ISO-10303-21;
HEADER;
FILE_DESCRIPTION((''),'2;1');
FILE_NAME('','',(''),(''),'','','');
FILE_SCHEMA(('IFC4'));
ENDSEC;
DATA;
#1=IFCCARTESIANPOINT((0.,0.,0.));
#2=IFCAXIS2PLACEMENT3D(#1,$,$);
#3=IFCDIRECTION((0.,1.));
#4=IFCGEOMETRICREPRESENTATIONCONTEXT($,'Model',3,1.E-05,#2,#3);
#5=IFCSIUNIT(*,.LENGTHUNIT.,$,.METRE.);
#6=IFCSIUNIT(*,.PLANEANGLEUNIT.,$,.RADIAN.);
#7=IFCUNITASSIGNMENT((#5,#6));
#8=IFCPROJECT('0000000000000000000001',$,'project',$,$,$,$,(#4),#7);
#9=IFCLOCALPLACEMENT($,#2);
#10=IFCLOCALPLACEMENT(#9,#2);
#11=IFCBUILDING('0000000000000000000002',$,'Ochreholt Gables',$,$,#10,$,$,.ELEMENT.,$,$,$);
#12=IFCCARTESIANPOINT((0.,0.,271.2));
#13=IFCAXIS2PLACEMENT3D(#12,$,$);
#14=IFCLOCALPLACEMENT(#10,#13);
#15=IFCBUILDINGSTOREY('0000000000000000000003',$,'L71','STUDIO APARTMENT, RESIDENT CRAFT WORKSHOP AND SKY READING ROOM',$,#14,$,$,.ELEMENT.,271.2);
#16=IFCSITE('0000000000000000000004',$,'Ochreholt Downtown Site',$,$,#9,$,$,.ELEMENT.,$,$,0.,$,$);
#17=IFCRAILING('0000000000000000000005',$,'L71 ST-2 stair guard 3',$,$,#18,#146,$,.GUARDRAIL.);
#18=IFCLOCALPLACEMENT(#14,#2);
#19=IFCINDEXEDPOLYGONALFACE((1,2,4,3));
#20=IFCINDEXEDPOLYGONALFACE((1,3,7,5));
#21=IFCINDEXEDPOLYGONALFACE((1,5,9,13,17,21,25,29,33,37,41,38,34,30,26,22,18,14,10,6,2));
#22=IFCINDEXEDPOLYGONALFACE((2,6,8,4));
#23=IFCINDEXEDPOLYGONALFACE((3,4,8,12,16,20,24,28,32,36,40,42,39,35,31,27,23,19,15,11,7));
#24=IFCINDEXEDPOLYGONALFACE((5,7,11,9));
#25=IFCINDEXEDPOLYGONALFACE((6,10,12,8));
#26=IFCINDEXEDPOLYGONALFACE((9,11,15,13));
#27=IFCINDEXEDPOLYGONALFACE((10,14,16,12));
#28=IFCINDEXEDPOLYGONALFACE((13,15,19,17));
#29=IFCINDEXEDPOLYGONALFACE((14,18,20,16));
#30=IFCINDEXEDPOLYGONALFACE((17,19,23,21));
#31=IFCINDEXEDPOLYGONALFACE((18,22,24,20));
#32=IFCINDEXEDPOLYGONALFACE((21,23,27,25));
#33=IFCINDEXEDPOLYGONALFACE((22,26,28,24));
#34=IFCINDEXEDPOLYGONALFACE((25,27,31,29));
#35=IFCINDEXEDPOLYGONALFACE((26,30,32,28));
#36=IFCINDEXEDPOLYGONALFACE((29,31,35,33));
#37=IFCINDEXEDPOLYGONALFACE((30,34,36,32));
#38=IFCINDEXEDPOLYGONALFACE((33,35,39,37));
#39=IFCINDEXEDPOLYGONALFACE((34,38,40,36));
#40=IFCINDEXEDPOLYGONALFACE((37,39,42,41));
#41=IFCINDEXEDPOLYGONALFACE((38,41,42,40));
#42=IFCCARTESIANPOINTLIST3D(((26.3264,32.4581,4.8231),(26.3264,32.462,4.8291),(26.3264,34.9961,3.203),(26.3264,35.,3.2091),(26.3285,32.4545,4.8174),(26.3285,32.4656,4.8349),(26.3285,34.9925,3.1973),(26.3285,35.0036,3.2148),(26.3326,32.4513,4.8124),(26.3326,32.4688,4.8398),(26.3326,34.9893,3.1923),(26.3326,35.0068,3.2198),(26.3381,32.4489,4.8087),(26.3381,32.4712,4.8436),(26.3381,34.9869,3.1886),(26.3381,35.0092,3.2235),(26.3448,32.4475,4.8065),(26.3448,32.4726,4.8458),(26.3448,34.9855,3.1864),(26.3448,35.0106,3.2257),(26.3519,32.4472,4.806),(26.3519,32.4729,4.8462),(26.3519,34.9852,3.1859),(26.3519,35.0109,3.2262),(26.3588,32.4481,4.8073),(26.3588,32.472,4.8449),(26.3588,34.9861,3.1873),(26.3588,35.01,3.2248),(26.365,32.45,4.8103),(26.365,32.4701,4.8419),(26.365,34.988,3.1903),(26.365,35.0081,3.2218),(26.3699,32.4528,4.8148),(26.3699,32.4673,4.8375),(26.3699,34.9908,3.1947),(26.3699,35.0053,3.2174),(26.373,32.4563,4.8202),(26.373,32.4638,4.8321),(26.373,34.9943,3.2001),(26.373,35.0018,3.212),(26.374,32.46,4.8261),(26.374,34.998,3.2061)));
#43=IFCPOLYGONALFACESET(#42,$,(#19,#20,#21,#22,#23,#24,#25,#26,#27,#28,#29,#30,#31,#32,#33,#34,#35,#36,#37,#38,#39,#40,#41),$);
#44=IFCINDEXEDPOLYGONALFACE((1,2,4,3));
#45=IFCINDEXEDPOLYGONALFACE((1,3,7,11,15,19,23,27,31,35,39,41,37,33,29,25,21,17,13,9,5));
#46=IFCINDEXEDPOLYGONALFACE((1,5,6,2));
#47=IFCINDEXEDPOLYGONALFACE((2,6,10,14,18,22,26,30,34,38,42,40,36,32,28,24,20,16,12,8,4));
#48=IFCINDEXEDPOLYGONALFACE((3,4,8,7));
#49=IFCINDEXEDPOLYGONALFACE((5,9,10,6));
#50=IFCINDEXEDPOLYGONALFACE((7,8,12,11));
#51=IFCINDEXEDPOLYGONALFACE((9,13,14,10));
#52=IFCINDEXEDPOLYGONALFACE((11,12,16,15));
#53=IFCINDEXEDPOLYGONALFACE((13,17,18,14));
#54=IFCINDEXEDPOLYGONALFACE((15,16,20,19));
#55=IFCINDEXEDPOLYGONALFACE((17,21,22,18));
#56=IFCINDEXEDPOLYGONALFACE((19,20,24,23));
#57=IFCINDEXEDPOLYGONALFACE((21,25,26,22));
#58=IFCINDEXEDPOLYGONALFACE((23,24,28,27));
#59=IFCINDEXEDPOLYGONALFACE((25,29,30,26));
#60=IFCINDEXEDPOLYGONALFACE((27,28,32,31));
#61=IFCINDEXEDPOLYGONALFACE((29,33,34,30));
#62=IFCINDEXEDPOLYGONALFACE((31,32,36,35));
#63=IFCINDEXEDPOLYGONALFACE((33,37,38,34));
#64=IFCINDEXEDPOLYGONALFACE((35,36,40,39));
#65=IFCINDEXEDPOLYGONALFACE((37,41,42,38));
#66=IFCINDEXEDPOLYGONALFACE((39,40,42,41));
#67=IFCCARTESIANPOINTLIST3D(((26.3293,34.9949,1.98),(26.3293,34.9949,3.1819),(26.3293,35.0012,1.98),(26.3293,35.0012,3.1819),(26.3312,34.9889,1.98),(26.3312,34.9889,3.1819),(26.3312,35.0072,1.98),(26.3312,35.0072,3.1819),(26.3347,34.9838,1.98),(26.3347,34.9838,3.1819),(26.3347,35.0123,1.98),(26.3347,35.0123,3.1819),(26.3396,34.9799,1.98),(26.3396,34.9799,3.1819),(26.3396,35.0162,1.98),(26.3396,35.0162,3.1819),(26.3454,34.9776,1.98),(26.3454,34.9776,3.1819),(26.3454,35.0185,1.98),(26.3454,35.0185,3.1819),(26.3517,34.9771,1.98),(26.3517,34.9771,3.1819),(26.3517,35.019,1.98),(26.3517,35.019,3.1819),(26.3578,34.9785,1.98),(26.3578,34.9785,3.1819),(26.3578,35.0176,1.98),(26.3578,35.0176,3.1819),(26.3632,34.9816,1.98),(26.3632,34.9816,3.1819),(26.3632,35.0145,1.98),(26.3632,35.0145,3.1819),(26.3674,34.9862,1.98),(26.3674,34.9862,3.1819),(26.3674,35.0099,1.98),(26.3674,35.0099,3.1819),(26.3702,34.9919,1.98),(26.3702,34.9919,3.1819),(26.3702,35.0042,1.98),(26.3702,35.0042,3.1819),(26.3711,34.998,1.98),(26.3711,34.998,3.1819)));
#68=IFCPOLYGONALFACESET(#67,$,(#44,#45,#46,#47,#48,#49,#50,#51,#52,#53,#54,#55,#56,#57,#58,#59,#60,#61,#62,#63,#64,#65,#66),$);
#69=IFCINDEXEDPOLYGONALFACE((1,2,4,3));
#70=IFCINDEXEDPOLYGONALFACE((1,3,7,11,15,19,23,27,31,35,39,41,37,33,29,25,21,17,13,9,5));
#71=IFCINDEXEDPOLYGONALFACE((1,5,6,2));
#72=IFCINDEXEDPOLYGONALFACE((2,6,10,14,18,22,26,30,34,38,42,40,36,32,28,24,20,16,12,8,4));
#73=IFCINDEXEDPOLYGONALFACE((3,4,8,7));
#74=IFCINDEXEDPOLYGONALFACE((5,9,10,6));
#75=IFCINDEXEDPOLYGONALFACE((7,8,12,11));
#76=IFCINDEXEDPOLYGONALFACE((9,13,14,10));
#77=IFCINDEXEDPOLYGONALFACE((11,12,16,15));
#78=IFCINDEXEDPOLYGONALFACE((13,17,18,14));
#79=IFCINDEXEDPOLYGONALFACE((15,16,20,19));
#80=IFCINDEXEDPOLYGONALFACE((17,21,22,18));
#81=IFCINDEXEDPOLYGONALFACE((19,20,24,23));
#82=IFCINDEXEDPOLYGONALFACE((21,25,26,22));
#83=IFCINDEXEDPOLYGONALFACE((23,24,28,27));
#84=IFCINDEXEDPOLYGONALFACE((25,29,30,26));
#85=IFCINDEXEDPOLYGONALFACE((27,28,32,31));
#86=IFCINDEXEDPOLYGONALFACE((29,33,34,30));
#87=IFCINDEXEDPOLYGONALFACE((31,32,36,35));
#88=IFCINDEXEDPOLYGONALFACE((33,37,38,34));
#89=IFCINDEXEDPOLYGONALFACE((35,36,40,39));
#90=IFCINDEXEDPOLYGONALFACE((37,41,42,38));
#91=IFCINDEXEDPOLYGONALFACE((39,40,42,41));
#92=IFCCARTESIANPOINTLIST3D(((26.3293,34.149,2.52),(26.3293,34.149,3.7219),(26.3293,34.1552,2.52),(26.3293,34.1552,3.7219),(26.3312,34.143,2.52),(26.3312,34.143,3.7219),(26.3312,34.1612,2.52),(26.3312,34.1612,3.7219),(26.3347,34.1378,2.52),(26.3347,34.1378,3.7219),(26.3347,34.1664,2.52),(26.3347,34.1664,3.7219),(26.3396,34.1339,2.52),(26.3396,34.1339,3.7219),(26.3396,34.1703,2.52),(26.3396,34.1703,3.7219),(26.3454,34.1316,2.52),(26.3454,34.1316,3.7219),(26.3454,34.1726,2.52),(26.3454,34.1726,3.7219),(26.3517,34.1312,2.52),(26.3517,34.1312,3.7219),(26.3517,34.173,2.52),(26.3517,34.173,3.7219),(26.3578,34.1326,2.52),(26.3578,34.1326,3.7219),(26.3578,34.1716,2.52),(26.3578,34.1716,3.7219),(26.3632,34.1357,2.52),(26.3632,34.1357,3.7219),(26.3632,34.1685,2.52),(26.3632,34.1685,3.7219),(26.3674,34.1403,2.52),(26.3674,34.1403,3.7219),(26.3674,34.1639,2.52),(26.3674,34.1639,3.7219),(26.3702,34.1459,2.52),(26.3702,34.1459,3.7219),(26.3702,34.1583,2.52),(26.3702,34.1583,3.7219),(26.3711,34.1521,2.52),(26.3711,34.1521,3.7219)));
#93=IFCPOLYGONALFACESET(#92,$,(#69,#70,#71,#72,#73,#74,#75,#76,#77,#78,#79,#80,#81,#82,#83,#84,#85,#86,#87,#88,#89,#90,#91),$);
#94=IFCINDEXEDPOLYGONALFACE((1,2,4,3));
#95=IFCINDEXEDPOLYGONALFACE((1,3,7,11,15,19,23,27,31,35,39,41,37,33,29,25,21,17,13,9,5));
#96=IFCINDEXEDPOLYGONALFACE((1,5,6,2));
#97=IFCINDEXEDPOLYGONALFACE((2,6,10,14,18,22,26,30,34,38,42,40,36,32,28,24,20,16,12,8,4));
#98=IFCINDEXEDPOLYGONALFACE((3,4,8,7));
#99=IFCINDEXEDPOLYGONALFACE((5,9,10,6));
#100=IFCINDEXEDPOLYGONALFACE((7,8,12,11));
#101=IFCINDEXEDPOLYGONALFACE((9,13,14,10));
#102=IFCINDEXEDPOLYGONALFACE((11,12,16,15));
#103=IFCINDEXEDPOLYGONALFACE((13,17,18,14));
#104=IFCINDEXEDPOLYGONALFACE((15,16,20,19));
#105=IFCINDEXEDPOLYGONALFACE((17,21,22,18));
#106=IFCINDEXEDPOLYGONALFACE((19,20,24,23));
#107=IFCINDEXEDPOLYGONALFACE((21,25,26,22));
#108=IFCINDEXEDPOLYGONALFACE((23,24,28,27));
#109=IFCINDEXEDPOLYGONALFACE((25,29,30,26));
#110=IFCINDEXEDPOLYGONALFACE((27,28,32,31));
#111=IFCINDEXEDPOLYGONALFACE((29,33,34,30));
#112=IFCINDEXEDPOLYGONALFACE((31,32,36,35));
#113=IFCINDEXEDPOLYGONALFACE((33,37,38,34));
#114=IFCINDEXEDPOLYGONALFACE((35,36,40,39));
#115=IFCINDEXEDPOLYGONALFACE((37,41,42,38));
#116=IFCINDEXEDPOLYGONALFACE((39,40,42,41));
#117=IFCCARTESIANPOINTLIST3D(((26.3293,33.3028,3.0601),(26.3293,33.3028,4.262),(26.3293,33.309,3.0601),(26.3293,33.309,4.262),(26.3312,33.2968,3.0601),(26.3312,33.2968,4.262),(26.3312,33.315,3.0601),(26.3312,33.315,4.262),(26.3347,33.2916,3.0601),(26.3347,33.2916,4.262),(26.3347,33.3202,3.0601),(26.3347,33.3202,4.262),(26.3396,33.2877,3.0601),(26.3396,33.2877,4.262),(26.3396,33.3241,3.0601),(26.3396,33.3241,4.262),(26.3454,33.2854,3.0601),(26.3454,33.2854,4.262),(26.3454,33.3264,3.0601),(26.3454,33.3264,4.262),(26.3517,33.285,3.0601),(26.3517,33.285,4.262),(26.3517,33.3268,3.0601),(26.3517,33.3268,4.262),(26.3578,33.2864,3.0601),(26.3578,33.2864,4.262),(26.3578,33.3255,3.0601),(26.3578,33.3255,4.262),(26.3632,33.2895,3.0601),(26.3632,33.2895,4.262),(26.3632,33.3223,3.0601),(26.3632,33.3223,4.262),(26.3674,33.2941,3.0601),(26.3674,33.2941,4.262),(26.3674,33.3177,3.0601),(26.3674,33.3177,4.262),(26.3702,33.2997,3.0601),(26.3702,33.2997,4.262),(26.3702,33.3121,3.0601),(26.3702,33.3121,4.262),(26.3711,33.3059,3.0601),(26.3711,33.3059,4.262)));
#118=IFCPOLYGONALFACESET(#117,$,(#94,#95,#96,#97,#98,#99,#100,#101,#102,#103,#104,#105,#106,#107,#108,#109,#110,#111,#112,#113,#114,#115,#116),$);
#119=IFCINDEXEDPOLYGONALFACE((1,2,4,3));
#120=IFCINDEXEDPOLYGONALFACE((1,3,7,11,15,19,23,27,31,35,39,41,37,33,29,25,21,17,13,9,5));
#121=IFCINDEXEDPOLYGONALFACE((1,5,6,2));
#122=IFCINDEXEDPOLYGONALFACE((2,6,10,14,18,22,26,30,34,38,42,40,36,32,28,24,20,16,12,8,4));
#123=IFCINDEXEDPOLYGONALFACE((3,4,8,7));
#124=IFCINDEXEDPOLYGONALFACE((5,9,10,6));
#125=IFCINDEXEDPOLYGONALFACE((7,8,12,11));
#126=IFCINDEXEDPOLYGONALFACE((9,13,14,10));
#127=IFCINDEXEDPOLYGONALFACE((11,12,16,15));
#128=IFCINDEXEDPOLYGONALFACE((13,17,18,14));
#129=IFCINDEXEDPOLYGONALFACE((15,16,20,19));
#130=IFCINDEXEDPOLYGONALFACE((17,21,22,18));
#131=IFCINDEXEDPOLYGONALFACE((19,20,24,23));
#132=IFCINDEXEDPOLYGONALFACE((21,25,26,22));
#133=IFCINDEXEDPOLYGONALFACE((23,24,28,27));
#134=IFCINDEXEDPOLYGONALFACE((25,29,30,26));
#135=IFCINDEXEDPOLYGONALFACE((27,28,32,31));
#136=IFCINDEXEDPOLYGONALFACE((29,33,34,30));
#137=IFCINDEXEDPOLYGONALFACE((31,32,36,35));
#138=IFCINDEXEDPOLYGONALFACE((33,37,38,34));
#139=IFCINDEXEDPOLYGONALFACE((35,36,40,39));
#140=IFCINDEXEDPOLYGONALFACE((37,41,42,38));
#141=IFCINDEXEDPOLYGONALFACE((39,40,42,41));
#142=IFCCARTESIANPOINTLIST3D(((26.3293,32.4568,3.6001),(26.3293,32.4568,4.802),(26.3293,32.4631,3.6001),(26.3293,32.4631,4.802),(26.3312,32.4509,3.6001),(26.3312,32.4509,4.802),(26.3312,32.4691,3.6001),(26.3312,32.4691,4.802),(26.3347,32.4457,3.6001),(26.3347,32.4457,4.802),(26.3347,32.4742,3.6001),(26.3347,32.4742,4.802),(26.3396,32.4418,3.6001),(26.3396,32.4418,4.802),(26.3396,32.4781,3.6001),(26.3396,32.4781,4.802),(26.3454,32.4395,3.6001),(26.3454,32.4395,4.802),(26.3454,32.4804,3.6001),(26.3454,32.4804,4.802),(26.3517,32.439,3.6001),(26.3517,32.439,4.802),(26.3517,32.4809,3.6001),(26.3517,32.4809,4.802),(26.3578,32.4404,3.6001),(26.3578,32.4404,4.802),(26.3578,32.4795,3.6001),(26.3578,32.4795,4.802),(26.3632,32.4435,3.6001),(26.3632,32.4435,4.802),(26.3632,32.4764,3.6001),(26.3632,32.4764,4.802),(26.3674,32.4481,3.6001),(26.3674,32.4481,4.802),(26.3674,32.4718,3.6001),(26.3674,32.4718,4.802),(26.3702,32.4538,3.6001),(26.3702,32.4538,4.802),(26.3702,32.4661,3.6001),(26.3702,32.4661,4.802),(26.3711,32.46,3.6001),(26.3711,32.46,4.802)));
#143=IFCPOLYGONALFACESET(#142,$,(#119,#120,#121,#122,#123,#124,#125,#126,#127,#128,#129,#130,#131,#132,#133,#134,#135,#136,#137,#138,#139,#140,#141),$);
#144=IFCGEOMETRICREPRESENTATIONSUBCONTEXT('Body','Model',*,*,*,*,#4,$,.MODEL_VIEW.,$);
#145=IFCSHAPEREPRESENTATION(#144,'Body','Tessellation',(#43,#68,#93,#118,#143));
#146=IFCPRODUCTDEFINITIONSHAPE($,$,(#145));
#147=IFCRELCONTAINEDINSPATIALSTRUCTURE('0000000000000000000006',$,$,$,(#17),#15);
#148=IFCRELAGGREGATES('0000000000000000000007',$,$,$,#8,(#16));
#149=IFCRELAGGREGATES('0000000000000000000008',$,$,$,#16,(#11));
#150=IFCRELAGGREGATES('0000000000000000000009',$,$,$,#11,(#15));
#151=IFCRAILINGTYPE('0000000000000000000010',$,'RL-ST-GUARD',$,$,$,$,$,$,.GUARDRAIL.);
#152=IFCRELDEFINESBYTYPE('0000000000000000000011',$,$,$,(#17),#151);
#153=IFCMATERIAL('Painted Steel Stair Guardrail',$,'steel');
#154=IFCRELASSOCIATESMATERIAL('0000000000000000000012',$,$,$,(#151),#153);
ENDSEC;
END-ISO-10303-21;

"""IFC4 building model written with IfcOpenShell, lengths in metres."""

from ifc_helpers import new_model, si_unit, direction, frame, origin, origin_2d, place, context, subcontext, project, spatial, circle, extrude, material, type_object, element, save


model = new_model("IFC4")

# Units and contexts
model_context = context("Model", 3, precision=1e-05, world=origin(), true_north=direction((0.0, 1.0)))
body_context = subcontext(model_context, "Body", "Model", "MODEL_VIEW")
ifc_project = project(units=[si_unit("LENGTHUNIT", "METRE"), si_unit("PLANEANGLEUNIT", "RADIAN")], contexts=[model_context])

# Site, building, storey
site_placement = place(None, origin())
site = spatial("IfcSite", under=ifc_project, at=site_placement, Name="Ochreholt Downtown Site", CompositionType="ELEMENT", RefElevation=0.0)
building_placement = place(site_placement, origin())
building = spatial("IfcBuilding", under=site, at=building_placement, Name="Ochreholt Gables", CompositionType="ELEMENT")
storey_placement = place(building_placement, frame((0.0, 0.0, 271.2)))
storey = spatial("IfcBuildingStorey", under=building, at=storey_placement, Name="L71", Description="STUDIO APARTMENT, RESIDENT CRAFT WORKSHOP AND SKY READING ROOM", CompositionType="ELEMENT", Elevation=271.2)

# Railing
ifc_material_1 = material(Name="Painted Steel Stair Guardrail", Category="steel")
railing_type_1 = type_object("IfcRailingType", Name="RL-ST-GUARD", PredefinedType="GUARDRAIL", material=ifc_material_1)
railing_1_placement = place(storey_placement, frame((26.3501, 34.998, 1.98)))
element("IfcRailing", 1, at=railing_1_placement, inside=storey, type_object=railing_type_1, Name="L71 ST-2 stair guard 3", PredefinedType="GUARDRAIL", context=body_context, shape_type="SweptSolid", body=[
    extrude(circle(Radius=0.0239, at=origin_2d()), frame((0.0, 0.0, 1.2261), z_axis=(0.0, -0.842913, 0.53805), x_axis=(1.0, 0.0, 0.0)), (0.0, 0.0, 1.0), 3.011),
    extrude(circle(Radius=0.021, at=origin_2d()), origin(), (0.0, 0.0, 1.0), 1.2019),
    extrude(circle(Radius=0.021, at=origin_2d()), frame((0.0, -0.8459, 0.54)), (0.0, 0.0, 1.0), 1.2019),
    extrude(circle(Radius=0.021, at=origin_2d()), frame((0.0, -1.6921, 1.0801)), (0.0, 0.0, 1.0), 1.2019),
    extrude(circle(Radius=0.021, at=origin_2d()), frame((0.0, -2.5381, 1.6201)), (0.0, 0.0, 1.0), 1.2019),
])

save(model, "model.ifc")
